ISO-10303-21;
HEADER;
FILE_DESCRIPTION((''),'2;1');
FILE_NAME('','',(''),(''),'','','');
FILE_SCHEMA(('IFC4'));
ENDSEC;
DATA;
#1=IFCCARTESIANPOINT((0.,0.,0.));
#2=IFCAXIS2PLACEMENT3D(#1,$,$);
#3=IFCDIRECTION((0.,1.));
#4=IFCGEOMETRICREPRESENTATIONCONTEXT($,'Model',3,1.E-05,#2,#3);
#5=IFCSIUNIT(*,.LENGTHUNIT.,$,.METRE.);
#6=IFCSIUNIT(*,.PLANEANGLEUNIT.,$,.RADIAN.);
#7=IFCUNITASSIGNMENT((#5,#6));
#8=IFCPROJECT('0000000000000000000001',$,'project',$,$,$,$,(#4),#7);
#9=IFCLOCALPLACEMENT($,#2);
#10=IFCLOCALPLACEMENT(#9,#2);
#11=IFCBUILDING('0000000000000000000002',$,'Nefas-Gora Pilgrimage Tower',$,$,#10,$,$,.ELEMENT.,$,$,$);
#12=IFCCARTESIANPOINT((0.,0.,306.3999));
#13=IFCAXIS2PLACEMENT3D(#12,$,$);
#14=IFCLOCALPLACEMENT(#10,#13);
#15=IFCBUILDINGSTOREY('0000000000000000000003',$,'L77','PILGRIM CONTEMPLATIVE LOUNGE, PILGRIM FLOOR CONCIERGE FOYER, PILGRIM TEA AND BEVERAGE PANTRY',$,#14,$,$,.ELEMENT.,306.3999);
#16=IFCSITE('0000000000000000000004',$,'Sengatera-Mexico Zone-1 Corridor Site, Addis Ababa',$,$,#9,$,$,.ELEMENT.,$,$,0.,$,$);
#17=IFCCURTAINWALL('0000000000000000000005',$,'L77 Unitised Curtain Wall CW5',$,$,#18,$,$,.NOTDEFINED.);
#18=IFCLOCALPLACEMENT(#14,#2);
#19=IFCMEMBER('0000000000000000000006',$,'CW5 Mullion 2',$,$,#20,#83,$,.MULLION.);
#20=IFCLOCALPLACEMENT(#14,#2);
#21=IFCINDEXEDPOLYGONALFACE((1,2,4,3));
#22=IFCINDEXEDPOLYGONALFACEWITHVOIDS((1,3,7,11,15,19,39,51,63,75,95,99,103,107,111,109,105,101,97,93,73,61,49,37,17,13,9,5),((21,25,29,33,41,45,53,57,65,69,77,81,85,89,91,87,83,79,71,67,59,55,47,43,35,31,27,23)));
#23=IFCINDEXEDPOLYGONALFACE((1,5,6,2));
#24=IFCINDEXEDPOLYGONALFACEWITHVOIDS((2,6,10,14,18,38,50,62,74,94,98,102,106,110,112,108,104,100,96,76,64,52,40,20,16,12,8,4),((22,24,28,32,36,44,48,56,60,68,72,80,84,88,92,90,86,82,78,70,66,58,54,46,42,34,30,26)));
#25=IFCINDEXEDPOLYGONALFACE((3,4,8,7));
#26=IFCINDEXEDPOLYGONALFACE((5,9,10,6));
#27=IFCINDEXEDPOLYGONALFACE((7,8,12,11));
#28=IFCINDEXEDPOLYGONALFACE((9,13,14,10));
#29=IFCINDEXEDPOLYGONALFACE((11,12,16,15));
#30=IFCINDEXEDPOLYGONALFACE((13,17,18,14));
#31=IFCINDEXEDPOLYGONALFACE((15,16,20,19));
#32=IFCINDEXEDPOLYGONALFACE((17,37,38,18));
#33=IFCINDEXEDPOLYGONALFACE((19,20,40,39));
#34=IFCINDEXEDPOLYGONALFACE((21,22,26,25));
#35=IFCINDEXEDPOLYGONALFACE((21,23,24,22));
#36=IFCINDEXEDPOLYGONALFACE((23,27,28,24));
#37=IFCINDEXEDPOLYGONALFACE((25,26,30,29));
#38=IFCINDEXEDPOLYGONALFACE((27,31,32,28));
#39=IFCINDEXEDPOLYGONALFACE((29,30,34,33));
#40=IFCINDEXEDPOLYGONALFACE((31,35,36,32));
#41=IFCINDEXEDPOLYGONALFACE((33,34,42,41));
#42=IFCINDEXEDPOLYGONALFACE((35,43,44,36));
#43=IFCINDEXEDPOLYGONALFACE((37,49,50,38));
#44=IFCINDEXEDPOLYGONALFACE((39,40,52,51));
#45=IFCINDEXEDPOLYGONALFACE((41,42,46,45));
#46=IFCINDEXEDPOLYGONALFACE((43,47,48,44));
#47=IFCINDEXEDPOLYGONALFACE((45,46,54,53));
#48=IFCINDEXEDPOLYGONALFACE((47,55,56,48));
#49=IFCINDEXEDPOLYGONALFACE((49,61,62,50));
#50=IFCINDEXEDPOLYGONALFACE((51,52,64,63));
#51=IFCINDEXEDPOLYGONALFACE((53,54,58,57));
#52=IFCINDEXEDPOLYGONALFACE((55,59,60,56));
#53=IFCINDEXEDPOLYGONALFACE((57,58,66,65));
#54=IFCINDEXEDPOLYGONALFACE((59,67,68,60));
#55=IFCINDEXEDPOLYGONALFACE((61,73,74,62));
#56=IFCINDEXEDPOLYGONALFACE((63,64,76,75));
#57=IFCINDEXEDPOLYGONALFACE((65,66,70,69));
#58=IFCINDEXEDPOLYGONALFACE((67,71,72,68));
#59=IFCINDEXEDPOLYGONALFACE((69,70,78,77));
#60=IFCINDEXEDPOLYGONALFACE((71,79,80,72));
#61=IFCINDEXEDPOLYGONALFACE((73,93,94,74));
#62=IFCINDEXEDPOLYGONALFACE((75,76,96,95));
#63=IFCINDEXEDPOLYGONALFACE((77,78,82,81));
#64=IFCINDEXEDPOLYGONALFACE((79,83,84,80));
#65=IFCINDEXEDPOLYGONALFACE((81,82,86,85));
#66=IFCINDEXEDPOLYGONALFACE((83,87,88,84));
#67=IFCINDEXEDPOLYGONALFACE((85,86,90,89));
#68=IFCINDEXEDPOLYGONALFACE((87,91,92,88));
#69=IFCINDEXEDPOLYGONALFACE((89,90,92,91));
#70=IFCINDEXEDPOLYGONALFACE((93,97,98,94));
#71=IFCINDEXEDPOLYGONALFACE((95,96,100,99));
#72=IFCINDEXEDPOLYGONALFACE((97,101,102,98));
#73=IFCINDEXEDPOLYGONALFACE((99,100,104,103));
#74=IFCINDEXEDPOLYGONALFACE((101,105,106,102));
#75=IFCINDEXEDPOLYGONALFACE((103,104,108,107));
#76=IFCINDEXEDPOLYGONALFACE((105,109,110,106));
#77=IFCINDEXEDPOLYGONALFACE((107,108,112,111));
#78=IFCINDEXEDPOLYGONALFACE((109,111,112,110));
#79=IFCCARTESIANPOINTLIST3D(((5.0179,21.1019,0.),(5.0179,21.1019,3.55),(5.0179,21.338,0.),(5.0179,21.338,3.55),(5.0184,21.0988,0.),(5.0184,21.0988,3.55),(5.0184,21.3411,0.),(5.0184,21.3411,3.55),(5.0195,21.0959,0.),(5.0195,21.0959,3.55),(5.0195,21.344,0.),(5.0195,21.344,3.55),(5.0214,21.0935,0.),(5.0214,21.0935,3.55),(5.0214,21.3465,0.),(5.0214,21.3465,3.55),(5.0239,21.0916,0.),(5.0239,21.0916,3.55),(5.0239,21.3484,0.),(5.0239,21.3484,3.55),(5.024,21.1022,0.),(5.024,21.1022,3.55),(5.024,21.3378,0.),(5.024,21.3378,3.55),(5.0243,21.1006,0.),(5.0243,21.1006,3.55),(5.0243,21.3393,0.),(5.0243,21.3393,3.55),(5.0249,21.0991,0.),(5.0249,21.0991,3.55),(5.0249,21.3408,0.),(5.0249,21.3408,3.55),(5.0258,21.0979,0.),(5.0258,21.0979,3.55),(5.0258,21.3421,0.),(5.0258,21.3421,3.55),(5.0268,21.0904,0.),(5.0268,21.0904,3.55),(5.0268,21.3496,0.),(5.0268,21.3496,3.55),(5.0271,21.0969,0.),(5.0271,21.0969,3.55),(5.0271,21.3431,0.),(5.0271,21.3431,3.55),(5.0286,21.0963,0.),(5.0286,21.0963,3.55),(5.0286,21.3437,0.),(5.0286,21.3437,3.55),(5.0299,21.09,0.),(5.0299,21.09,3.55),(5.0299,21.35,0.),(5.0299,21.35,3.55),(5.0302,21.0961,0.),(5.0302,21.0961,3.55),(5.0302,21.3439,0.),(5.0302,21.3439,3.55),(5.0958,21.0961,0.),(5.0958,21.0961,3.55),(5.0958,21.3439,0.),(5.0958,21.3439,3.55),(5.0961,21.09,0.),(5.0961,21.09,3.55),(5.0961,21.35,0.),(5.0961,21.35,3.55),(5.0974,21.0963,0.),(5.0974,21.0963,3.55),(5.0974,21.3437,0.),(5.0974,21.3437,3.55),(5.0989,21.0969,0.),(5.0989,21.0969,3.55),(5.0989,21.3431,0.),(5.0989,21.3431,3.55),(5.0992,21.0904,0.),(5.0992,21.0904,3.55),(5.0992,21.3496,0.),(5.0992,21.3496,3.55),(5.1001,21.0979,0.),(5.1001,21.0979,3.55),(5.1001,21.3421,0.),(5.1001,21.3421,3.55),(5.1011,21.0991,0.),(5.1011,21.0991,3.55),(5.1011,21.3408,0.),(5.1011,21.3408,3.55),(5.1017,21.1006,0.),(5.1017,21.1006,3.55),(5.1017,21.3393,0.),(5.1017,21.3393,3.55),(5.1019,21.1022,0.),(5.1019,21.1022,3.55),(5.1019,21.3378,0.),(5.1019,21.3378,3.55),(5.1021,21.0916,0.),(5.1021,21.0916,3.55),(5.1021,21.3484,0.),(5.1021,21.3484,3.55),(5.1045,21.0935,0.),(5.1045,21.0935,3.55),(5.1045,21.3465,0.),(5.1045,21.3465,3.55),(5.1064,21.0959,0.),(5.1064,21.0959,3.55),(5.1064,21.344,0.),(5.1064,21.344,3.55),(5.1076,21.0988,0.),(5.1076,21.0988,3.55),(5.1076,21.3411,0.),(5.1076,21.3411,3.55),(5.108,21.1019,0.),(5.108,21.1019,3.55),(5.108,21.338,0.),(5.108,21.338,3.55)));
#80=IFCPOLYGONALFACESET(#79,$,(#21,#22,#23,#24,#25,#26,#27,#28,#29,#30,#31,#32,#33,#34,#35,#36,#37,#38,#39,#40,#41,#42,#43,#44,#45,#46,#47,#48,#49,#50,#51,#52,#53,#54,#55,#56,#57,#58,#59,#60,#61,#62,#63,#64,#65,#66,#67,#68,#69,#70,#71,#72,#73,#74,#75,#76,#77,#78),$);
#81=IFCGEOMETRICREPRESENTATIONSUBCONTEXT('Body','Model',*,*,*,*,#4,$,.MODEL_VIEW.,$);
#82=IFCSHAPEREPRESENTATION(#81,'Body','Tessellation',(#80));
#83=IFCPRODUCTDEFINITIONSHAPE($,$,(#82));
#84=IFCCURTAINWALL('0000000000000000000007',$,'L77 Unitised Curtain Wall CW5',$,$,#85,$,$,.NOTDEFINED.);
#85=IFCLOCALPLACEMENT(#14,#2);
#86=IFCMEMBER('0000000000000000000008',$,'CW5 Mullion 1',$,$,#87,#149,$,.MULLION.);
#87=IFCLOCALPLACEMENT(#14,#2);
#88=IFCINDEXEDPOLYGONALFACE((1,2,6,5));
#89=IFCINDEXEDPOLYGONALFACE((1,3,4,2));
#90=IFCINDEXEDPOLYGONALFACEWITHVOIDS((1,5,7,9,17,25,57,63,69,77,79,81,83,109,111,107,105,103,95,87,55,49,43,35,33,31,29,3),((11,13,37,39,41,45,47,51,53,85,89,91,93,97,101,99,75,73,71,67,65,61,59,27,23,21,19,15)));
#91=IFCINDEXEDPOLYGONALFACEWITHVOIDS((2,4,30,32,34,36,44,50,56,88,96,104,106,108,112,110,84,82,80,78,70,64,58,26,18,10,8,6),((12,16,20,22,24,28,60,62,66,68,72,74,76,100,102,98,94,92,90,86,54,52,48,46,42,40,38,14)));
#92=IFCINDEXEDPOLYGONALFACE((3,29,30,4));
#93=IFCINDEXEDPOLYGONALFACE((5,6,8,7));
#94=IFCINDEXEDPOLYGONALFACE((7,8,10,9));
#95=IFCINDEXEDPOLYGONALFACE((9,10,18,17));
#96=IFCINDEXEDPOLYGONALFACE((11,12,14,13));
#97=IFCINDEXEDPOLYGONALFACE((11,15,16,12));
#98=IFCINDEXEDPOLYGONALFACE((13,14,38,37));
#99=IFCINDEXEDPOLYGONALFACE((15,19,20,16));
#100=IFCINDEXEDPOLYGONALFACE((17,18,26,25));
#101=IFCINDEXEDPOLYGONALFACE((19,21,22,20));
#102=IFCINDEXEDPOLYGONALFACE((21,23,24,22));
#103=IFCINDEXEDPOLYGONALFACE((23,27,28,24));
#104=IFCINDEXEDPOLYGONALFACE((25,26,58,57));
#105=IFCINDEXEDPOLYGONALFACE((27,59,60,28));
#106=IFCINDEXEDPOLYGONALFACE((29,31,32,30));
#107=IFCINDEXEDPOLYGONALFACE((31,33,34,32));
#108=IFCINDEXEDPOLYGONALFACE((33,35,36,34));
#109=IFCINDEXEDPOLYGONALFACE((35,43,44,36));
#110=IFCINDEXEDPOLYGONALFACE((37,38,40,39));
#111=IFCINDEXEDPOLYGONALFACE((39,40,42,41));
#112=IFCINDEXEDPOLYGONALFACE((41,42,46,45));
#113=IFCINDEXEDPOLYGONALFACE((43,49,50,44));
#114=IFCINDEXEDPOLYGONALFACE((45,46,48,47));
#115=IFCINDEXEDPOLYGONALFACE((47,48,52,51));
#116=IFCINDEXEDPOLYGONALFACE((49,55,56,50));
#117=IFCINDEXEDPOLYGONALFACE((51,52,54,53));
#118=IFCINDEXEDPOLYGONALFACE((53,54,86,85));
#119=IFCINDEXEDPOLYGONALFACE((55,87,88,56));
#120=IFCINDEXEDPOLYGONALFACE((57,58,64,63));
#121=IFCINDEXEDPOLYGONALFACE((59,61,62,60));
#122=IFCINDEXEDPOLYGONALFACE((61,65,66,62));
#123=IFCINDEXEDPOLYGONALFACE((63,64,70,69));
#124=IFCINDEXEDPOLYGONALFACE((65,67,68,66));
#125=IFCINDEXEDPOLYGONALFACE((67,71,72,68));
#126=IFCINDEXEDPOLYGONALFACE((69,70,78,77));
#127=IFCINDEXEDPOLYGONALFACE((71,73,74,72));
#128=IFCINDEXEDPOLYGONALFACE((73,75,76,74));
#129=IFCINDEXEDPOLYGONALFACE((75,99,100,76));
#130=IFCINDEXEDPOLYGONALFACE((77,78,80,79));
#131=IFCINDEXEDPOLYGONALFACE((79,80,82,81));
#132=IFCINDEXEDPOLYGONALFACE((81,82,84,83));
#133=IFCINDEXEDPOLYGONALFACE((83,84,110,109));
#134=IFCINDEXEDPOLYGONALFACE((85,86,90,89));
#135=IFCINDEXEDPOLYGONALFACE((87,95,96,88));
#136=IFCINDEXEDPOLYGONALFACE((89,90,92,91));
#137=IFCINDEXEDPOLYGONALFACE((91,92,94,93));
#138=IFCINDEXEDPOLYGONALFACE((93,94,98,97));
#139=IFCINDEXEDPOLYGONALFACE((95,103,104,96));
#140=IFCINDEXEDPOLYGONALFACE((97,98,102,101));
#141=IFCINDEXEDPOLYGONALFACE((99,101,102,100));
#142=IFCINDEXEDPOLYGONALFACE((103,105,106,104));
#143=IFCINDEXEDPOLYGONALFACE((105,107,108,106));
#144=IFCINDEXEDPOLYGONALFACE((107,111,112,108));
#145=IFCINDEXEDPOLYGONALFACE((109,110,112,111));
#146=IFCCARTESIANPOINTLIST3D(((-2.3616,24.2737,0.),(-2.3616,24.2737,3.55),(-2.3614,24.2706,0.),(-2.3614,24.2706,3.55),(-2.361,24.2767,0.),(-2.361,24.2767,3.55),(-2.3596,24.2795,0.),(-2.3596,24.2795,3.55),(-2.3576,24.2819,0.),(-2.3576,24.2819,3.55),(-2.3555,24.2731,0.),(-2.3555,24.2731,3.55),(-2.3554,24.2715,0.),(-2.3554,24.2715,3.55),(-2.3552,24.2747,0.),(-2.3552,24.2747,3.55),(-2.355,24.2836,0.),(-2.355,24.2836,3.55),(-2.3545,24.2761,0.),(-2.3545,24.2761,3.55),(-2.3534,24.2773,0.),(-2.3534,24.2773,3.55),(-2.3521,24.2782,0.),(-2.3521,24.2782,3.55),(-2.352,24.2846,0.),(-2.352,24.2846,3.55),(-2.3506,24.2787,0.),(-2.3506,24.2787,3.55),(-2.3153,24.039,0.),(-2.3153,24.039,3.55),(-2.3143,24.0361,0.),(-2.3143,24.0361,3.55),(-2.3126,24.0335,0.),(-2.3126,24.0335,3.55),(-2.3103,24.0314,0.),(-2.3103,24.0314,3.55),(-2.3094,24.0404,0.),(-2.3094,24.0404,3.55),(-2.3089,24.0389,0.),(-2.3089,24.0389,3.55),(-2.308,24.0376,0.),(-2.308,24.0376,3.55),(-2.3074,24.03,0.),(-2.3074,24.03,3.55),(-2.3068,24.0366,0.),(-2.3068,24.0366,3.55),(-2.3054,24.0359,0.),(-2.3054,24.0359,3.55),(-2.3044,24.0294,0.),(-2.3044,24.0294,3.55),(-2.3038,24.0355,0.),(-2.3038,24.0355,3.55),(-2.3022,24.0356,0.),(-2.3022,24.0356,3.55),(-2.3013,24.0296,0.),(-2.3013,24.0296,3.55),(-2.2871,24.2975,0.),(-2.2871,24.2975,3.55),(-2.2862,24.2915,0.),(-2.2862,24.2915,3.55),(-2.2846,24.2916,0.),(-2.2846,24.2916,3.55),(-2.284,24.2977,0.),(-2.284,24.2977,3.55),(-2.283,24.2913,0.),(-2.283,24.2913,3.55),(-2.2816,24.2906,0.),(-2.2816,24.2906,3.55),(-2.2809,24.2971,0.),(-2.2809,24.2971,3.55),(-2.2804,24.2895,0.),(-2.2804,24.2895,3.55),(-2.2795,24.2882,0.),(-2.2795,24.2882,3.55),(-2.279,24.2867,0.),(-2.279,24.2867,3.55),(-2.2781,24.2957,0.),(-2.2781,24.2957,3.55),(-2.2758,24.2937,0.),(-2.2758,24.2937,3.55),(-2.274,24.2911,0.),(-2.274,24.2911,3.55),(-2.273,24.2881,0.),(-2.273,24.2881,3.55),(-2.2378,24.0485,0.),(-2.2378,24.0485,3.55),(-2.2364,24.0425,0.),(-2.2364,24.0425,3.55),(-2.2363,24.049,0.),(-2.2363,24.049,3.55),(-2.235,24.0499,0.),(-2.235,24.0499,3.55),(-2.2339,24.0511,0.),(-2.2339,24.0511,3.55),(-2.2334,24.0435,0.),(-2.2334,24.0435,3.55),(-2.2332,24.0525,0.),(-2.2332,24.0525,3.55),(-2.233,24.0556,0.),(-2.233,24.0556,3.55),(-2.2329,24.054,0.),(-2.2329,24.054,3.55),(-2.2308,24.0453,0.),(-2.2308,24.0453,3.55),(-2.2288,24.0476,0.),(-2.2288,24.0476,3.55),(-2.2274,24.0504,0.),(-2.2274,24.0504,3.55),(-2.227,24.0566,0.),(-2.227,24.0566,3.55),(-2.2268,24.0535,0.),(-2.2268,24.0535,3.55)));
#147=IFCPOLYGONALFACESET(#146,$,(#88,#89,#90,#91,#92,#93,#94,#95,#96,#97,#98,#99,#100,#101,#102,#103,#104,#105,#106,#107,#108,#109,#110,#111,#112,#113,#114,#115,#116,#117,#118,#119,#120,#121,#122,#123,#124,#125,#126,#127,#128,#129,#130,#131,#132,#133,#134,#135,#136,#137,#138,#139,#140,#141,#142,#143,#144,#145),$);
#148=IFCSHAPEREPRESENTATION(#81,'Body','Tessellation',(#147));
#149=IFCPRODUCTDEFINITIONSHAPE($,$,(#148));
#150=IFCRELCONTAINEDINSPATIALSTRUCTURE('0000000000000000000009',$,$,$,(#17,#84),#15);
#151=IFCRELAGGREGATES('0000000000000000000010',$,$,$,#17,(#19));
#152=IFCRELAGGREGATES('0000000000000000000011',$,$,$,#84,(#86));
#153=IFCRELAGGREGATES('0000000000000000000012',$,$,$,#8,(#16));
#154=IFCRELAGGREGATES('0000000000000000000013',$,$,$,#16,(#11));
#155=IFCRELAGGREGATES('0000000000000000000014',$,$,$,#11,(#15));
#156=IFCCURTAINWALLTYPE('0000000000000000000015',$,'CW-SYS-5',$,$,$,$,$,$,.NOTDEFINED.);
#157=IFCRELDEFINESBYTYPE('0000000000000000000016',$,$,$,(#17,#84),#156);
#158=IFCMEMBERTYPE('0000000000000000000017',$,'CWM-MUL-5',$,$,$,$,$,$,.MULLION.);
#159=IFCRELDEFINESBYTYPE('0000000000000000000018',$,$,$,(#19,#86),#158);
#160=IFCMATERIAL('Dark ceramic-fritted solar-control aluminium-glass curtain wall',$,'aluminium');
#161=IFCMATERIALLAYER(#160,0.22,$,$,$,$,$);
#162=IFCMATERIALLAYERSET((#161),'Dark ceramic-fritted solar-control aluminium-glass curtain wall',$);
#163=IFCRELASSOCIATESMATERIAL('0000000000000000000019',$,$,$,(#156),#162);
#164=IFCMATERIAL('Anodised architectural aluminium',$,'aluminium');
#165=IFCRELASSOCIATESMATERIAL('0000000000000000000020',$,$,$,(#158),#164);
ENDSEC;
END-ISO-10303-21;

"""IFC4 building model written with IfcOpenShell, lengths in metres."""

from ifc_helpers import new_model, si_unit, direction, frame, origin, origin_2d, place, context, subcontext, project, spatial, hollow_rectangle, extrude, source, transform, mapped, material, layer, layer_set, material_profile, profile_set, type_object, element, aggregate, save


model = new_model("IFC4")

# Units and contexts
model_context = context("Model", 3, precision=1e-05, world=origin(), true_north=direction((0.0, 1.0)))
body_context = subcontext(model_context, "Body", "Model", "MODEL_VIEW")
ifc_project = project(units=[si_unit("LENGTHUNIT", "METRE"), si_unit("PLANEANGLEUNIT", "RADIAN")], contexts=[model_context])

# Site, building, storey
site_placement = place(None, origin())
site = spatial("IfcSite", under=ifc_project, at=site_placement, Name="Sengatera-Mexico Zone-1 Corridor Site, Addis Ababa", CompositionType="ELEMENT", RefElevation=0.0)
building_placement = place(site_placement, origin())
building = spatial("IfcBuilding", under=site, at=building_placement, Name="Nefas-Gora Pilgrimage Tower", CompositionType="ELEMENT")
storey_placement = place(building_placement, frame((0.0, 0.0, 306.3999)))
storey = spatial("IfcBuildingStorey", under=building, at=storey_placement, Name="L77", Description="PILGRIM CONTEMPLATIVE LOUNGE, PILGRIM FLOOR CONCIERGE FOYER, PILGRIM TEA AND BEVERAGE PANTRY", CompositionType="ELEMENT", Elevation=306.3999)

# Curtain wall, member
ifc_material_1 = material(Name="Dark ceramic-fritted solar-control aluminium-glass curtain wall", Category="aluminium")
ifc_layer_1 = layer(ifc_material_1, 0.22)
ifc_layer_set_1 = layer_set([ifc_layer_1], Name="Dark ceramic-fritted solar-control aluminium-glass curtain wall")
curtain_wall_type = type_object("IfcCurtainWallType", Name="CW-SYS-5", PredefinedType="NOTDEFINED", material=ifc_layer_set_1)
curtain_wall_1_placement = place(storey_placement, origin())
curtain_wall_1 = element("IfcCurtainWall", 1, at=curtain_wall_1_placement, inside=storey, type_object=curtain_wall_type, Name="L77 Unitised Curtain Wall CW5", PredefinedType="NOTDEFINED")
ifc_material_2 = material(Name="Anodised architectural aluminium", Category="aluminium")
ifc_material_profile_1 = material_profile(ifc_material_2, hollow_rectangle(XDim=0.0901, YDim=0.26, WallThickness=0.0061, InnerFilletRadius=0.0061, OuterFilletRadius=0.012, at=origin_2d()), Name="ALU MULLION 90x260")
ifc_profile_set_1 = profile_set([ifc_material_profile_1], Name="Anodised architectural aluminium")
member_type_1 = type_object("IfcMemberType", Name="CWM-MUL-5", PredefinedType="MULLION", material=ifc_profile_set_1)
shared_shape_1 = source(origin(), body_context, "Body", "SweptSolid", [
    extrude(hollow_rectangle(XDim=0.0901, YDim=0.26, WallThickness=0.0061, InnerFilletRadius=0.0061, OuterFilletRadius=0.012, at=origin_2d()), origin(), (0.0, 0.0, 1.0), 3.55),
])
member_1_placement = place(storey_placement, frame((5.063, 21.22, 0.0), z_axis=(0.0, 0.0, 1.0), x_axis=(-1.0, 0.0, 0.0)))
member_1 = element("IfcMember", 2, at=member_1_placement, type_object=member_type_1, Name="CW5 Mullion 2", PredefinedType="MULLION", context=body_context, shape_type="MappedRepresentation", body=[
    mapped(shared_shape_1, transform((0.0, 0.0, 0.0), x_axis=(1.0, 0.0, 0.0), y_axis=(0.0, 1.0, 0.0), z_axis=(0.0, 0.0, 1.0), scale=1.0)),
])
aggregate(curtain_wall_1, [member_1])

# Curtain wall, member
curtain_wall_2_placement = place(storey_placement, origin())
curtain_wall_2 = element("IfcCurtainWall", 3, at=curtain_wall_2_placement, inside=storey, type_object=curtain_wall_type, Name="L77 Unitised Curtain Wall CW5", PredefinedType="NOTDEFINED")
member_2_placement = place(storey_placement, frame((-2.2942, 24.1636, 0.0), z_axis=(0.0, 0.0, 1.0), x_axis=(-0.980783, -0.195102, 0.0)))
member_2 = element("IfcMember", 4, at=member_2_placement, type_object=member_type_1, Name="CW5 Mullion 1", PredefinedType="MULLION", context=body_context, shape_type="MappedRepresentation", body=[
    mapped(shared_shape_1, transform((0.0, 0.0, 0.0), x_axis=(1.0, 0.0, 0.0), y_axis=(0.0, 1.0, 0.0), z_axis=(0.0, 0.0, 1.0), scale=1.0)),
])
aggregate(curtain_wall_2, [member_2])

save(model, "model.ifc")
